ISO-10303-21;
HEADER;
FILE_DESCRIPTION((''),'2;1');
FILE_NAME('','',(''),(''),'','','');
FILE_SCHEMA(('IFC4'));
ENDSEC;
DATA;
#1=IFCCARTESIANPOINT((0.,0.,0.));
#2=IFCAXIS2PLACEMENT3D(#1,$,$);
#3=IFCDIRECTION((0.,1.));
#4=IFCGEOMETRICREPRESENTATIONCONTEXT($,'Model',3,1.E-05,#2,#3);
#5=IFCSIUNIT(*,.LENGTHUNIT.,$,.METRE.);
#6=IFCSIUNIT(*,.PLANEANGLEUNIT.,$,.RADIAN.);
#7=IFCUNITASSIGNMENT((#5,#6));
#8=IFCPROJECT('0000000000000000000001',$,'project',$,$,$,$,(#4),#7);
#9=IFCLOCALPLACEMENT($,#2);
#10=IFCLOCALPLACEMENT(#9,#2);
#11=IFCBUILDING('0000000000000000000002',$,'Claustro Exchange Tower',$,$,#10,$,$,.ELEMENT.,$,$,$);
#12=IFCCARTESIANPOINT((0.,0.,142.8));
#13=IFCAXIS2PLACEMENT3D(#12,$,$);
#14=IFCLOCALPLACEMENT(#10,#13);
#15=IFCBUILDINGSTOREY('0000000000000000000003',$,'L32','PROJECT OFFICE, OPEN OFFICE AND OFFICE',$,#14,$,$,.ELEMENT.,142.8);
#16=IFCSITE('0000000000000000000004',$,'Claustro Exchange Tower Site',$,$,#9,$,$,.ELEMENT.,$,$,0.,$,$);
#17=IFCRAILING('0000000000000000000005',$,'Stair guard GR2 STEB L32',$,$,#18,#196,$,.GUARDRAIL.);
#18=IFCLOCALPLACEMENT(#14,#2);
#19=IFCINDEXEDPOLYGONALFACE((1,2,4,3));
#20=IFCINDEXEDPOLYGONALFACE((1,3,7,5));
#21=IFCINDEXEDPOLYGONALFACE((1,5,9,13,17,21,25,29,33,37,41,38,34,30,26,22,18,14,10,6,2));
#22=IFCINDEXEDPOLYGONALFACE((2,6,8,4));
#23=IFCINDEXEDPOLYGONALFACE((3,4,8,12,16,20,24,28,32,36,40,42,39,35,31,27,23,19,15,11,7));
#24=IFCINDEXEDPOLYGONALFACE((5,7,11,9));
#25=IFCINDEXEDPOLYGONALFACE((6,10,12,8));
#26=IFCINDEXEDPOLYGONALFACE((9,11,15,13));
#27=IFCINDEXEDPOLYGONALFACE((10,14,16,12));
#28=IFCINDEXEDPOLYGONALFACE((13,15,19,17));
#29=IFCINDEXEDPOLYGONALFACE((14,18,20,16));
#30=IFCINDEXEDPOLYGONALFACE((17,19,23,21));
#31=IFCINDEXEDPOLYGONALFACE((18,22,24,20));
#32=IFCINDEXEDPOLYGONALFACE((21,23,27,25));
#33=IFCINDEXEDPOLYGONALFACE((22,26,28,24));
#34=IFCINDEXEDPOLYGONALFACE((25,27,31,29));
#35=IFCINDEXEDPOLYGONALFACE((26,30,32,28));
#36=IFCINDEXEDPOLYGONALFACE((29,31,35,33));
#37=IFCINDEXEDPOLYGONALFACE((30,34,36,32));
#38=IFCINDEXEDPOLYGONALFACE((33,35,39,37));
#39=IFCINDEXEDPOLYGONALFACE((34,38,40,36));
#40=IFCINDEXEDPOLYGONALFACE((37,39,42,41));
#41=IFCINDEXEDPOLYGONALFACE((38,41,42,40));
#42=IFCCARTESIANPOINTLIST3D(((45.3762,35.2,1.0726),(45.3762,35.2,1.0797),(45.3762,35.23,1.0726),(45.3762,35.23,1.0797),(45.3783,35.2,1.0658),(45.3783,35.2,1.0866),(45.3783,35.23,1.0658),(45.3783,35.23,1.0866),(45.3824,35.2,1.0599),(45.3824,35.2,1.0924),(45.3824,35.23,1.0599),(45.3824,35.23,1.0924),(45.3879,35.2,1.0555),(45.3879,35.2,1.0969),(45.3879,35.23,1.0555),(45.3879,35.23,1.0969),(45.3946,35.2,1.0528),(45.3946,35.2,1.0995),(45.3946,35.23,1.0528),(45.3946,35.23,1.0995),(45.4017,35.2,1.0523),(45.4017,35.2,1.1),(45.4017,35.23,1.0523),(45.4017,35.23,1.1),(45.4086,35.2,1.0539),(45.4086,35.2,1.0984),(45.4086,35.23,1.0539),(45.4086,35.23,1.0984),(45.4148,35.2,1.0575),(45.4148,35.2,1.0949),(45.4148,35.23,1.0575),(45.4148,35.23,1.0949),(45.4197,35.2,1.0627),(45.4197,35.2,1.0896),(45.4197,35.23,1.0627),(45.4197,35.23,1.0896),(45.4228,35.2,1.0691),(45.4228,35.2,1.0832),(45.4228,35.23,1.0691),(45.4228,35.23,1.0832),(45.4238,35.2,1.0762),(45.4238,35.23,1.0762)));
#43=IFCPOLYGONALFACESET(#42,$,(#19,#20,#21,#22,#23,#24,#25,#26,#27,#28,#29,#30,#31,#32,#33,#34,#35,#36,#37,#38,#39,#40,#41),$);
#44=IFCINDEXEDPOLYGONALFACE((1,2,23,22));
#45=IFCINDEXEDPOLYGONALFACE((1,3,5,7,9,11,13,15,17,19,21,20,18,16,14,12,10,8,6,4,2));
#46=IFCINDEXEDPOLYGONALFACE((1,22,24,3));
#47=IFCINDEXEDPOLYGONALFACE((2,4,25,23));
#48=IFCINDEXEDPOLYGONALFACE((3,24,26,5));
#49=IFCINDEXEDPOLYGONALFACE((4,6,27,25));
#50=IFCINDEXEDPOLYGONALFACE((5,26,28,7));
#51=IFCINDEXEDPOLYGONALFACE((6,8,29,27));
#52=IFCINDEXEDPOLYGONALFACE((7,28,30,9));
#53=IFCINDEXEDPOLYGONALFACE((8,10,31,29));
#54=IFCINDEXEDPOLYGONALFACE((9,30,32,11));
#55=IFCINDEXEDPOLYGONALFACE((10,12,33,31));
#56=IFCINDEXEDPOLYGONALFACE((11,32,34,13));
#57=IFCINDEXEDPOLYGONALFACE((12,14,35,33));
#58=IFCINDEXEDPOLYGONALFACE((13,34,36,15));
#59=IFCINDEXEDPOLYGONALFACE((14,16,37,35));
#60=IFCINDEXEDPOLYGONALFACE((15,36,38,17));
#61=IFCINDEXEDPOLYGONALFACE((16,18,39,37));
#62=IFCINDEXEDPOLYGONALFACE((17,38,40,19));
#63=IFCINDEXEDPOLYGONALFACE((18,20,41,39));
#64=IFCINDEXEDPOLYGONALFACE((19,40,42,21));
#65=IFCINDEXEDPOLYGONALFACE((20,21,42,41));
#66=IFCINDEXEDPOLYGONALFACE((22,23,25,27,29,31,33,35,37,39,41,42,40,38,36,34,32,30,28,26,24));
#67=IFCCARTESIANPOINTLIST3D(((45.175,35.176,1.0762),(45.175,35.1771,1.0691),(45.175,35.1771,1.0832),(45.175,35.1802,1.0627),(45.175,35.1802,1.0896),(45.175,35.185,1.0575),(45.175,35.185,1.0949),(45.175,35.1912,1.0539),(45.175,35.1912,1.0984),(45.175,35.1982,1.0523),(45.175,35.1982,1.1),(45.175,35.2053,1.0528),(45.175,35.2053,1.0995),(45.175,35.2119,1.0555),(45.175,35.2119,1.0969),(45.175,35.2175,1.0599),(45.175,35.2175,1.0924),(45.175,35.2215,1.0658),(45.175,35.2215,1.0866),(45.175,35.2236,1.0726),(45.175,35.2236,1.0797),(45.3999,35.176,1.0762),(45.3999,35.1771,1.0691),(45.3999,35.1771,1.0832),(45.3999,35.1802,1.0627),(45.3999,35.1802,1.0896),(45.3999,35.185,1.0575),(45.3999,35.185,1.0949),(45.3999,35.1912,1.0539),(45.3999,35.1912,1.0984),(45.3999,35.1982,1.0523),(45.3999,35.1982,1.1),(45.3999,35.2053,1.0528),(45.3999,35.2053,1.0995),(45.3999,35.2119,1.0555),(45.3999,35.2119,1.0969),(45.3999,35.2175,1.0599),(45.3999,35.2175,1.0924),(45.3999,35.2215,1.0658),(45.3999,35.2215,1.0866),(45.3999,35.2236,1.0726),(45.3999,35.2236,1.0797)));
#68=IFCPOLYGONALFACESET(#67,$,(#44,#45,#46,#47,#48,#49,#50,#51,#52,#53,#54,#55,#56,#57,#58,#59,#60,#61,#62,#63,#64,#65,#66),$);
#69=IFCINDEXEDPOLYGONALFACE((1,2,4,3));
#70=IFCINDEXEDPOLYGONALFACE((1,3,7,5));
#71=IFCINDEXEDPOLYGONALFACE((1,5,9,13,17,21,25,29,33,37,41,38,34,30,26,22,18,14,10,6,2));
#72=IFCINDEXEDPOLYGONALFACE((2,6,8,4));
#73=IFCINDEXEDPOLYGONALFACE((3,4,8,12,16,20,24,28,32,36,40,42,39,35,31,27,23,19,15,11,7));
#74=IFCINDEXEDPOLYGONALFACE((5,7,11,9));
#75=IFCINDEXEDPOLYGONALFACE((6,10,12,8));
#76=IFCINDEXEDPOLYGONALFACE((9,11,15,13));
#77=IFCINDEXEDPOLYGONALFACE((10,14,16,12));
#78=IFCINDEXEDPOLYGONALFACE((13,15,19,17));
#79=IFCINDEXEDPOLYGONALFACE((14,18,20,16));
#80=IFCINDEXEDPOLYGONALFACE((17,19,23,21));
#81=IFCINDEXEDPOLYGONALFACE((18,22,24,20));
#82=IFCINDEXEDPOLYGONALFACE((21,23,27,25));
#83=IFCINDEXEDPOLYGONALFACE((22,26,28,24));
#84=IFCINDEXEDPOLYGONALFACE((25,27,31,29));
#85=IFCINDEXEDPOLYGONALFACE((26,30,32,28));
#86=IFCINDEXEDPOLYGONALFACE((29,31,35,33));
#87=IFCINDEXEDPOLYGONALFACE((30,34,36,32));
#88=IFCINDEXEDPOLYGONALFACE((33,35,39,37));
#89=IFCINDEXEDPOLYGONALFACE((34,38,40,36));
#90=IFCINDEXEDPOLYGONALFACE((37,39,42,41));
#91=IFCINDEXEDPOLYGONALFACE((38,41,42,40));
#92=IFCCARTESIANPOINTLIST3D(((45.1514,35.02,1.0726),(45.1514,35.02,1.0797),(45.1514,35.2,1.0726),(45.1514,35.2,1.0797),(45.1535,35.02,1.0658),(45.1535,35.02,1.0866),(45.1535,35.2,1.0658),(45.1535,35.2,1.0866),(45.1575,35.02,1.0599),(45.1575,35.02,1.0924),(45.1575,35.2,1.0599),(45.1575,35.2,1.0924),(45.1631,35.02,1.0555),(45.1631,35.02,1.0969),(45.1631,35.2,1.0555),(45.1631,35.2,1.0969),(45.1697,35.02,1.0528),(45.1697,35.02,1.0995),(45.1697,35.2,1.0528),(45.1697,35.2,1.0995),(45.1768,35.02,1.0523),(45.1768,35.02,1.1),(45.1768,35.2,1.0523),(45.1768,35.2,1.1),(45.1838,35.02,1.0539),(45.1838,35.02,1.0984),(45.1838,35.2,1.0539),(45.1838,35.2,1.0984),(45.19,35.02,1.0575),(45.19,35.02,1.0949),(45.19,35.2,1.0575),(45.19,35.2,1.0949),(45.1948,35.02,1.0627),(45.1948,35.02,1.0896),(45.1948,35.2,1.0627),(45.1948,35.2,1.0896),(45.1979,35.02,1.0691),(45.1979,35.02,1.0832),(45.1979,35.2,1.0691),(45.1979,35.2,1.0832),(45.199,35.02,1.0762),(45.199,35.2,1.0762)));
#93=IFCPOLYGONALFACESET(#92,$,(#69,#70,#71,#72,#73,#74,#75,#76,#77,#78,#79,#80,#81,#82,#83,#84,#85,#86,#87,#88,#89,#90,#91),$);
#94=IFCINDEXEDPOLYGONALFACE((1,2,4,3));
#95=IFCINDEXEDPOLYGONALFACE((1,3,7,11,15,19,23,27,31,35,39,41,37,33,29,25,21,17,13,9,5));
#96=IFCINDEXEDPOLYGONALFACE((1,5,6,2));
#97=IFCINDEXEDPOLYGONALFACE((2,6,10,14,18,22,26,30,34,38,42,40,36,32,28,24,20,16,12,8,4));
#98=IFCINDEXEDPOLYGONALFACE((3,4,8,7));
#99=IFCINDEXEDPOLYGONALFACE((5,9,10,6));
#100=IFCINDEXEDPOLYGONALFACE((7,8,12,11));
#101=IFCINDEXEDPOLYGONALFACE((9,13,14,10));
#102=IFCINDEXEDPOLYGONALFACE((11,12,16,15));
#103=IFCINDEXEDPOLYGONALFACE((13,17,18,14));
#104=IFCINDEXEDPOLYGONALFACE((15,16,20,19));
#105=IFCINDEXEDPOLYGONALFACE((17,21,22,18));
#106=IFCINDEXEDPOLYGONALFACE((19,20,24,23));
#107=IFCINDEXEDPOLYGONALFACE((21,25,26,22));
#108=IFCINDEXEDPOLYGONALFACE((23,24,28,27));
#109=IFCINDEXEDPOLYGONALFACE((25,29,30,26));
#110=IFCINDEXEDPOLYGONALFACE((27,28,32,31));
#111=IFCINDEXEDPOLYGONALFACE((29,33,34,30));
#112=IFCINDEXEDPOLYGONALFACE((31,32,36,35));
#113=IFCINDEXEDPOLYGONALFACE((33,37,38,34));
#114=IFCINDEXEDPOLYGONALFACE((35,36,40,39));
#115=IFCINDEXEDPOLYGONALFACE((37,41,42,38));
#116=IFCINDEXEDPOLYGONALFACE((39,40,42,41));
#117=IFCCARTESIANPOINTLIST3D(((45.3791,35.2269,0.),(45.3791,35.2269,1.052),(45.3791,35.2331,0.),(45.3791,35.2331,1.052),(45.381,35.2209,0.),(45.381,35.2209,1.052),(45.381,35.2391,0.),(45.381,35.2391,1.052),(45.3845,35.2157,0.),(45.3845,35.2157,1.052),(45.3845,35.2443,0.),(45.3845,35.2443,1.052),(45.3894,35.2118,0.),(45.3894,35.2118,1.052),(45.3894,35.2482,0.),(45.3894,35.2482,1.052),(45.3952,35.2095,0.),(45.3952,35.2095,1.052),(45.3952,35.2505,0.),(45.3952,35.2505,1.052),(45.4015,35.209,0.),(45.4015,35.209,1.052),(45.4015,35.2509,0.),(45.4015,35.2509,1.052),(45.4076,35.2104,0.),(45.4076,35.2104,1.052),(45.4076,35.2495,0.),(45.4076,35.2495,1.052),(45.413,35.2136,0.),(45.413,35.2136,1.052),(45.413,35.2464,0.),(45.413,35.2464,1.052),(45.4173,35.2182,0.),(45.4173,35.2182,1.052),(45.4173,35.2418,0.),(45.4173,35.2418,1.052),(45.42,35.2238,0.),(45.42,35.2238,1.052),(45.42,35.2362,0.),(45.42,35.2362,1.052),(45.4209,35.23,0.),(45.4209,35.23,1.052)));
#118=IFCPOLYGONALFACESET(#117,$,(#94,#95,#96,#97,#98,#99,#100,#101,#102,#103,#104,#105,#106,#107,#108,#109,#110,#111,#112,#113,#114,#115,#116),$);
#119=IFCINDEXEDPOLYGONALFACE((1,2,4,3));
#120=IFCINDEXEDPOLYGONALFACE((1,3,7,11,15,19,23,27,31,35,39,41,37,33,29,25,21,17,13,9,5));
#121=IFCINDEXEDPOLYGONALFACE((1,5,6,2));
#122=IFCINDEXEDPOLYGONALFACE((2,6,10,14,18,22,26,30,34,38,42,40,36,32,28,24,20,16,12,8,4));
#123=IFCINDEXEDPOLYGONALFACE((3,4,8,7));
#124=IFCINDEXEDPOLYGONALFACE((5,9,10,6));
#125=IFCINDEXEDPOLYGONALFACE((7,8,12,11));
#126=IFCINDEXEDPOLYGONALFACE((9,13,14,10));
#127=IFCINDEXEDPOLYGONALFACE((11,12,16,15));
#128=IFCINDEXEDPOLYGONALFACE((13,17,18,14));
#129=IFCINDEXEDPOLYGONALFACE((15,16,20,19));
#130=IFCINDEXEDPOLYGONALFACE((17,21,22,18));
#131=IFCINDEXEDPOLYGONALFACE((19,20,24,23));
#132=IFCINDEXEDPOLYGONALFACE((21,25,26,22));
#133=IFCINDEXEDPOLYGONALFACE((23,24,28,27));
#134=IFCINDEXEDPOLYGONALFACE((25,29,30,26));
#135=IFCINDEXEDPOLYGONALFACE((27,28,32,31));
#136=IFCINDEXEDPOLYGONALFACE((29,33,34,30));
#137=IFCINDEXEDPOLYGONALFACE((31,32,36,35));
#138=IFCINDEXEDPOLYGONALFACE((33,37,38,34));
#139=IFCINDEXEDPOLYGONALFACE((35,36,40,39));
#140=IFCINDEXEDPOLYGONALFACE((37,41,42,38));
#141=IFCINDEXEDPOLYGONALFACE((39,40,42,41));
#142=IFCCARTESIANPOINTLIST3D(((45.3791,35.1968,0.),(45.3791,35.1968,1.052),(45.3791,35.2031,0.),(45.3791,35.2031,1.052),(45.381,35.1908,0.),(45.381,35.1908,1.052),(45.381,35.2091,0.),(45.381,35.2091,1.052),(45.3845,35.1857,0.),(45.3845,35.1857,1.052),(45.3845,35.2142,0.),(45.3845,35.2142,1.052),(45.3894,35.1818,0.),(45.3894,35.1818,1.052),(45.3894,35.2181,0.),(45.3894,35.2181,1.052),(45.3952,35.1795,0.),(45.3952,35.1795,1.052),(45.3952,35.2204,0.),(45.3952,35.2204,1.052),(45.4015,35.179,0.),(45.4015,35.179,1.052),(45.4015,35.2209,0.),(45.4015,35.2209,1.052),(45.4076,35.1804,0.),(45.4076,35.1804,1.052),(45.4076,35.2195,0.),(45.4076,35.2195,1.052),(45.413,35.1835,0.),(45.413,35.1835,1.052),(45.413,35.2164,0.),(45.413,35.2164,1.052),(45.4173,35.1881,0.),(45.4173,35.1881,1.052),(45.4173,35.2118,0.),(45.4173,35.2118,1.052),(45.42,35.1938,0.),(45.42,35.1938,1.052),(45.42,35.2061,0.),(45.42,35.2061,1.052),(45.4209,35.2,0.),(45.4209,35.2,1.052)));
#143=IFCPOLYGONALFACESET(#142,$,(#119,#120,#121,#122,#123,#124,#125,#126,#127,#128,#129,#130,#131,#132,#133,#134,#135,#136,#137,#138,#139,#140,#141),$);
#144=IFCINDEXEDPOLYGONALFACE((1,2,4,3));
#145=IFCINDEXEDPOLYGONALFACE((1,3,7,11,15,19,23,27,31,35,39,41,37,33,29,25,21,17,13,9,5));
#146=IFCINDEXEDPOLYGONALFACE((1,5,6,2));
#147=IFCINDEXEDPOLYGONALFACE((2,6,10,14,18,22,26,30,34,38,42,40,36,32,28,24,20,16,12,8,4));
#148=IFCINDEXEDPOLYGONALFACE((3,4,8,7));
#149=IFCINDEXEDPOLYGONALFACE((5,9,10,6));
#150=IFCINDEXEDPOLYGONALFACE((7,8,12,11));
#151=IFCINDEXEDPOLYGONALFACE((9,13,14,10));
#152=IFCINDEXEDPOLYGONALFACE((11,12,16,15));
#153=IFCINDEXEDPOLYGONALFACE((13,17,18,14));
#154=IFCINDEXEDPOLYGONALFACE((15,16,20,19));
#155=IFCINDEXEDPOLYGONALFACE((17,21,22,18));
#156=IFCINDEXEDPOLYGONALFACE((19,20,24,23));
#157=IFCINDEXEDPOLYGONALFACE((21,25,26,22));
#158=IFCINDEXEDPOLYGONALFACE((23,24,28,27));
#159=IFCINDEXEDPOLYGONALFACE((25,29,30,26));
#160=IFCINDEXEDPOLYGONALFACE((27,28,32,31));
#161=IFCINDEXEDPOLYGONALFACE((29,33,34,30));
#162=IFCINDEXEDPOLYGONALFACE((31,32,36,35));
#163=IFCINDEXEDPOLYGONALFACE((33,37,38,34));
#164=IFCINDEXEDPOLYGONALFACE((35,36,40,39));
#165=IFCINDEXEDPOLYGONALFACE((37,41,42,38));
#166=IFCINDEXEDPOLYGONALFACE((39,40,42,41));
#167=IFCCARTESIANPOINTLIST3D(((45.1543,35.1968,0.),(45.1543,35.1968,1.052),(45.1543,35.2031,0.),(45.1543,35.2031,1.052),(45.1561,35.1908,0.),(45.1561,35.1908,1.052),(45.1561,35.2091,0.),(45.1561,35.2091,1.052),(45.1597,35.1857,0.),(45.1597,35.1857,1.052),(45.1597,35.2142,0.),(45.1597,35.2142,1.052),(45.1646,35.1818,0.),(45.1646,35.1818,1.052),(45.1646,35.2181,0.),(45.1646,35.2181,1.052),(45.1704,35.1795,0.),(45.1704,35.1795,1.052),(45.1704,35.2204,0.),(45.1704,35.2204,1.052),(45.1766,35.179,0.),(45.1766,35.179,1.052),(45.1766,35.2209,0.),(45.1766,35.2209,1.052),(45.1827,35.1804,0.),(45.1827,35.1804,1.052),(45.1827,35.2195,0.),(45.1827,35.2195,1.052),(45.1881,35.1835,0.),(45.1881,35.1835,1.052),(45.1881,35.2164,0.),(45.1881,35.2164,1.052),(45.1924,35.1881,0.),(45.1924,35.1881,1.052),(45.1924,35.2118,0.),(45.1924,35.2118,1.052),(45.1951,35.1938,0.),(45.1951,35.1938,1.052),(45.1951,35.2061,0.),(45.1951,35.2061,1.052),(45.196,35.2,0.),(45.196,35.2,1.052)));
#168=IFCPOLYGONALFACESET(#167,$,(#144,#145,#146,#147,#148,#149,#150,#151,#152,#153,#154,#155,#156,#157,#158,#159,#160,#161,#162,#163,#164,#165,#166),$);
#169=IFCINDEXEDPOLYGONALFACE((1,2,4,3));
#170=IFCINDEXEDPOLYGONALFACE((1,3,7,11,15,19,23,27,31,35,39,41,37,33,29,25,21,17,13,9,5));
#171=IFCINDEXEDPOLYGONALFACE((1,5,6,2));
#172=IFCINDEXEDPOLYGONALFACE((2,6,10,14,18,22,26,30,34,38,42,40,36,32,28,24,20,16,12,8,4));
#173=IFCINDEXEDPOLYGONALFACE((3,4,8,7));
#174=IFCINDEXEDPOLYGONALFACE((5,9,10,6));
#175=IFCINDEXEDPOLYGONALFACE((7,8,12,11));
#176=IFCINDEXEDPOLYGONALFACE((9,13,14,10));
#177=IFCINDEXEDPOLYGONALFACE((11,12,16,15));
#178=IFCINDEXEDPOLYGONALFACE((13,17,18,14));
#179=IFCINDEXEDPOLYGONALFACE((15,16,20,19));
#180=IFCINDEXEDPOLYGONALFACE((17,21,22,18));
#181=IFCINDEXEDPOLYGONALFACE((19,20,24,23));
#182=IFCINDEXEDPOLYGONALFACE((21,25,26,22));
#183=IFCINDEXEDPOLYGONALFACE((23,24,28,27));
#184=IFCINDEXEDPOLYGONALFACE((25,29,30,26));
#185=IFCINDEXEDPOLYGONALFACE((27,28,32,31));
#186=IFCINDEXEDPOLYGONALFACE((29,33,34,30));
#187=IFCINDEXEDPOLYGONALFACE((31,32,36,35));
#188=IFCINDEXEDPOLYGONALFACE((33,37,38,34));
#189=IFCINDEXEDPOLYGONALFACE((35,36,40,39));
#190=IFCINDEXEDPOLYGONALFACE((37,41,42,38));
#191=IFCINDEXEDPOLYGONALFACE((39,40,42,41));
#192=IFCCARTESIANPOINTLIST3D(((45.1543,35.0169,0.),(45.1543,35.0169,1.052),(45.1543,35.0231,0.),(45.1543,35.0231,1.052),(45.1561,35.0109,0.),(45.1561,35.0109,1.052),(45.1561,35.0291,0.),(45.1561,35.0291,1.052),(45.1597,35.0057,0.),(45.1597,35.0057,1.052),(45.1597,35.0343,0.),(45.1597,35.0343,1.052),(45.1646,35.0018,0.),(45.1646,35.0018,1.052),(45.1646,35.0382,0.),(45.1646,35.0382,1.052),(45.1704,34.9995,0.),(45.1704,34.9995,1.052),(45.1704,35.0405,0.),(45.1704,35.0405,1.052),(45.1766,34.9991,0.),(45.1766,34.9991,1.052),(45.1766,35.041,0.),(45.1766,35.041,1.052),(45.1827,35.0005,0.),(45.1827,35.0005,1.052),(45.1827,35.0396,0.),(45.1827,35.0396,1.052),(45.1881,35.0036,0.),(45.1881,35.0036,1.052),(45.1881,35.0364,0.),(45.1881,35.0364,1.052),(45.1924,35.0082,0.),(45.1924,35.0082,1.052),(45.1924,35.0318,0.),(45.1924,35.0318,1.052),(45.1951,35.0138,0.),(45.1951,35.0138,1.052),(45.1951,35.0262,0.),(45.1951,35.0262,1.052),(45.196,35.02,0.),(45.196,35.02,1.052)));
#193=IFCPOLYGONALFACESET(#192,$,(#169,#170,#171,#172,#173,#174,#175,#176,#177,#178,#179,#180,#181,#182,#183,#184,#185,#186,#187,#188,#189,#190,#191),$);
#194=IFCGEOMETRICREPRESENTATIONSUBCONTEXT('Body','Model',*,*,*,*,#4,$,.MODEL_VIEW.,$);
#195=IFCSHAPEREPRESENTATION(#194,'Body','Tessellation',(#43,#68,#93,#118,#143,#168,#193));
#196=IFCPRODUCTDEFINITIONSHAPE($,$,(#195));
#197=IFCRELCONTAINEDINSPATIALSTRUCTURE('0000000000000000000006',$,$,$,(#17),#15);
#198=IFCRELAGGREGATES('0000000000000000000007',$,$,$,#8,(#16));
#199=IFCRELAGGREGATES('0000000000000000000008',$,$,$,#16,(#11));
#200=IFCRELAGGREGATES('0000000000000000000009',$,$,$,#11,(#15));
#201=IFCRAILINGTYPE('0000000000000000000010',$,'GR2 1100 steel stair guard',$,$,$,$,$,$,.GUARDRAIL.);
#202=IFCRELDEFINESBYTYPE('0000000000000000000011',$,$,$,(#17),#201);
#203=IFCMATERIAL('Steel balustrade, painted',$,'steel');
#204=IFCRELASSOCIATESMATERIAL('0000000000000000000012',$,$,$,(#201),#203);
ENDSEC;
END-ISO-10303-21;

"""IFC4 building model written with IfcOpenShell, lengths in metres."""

from ifc_helpers import new_model, si_unit, direction, frame, origin, origin_2d, place, context, subcontext, project, spatial, circle, extrude, material, type_object, element, save


model = new_model("IFC4")

# Units and contexts
model_context = context("Model", 3, precision=1e-05, world=origin(), true_north=direction((0.0, 1.0)))
body_context = subcontext(model_context, "Body", "Model", "MODEL_VIEW")
ifc_project = project(units=[si_unit("LENGTHUNIT", "METRE"), si_unit("PLANEANGLEUNIT", "RADIAN")], contexts=[model_context])

# Site, building, storey
site_placement = place(None, origin())
site = spatial("IfcSite", under=ifc_project, at=site_placement, Name="Claustro Exchange Tower Site", CompositionType="ELEMENT", RefElevation=0.0)
building_placement = place(site_placement, origin())
building = spatial("IfcBuilding", under=site, at=building_placement, Name="Claustro Exchange Tower", CompositionType="ELEMENT")
storey_placement = place(building_placement, frame((0.0, 0.0, 142.8)))
storey = spatial("IfcBuildingStorey", under=building, at=storey_placement, Name="L32", Description="PROJECT OFFICE, OPEN OFFICE AND OFFICE", CompositionType="ELEMENT", Elevation=142.8)

# Railing
ifc_material_1 = material(Name="Steel balustrade, painted", Category="steel")
railing_type_1 = type_object("IfcRailingType", Name="GR2 1100 steel stair guard", PredefinedType="GUARDRAIL", material=ifc_material_1)
railing_1_placement = place(storey_placement, frame((45.3999, 35.23, 0.0)))
element("IfcRailing", 1, at=railing_1_placement, inside=storey, type_object=railing_type_1, Name="Stair guard GR2 STEB L32", PredefinedType="GUARDRAIL", context=body_context, shape_type="SweptSolid", body=[
    extrude(circle(Radius=0.0239, at=origin_2d()), frame((0.0, 0.0, 1.0762), z_axis=(0.0, -1.0, 0.0), x_axis=(1.0, 0.0, 0.0)), (0.0, 0.0, 1.0), 0.03),
    extrude(circle(Radius=0.0239, at=origin_2d()), frame((0.0, -0.03, 1.0762), z_axis=(-1.0, 0.0, 0.0), x_axis=(0.0, -1.0, 0.0)), (0.0, 0.0, 1.0), 0.2249),
    extrude(circle(Radius=0.0239, at=origin_2d()), frame((-0.2249, -0.03, 1.0762), z_axis=(0.0, -1.0, 0.0), x_axis=(1.0, 0.0, 0.0)), (0.0, 0.0, 1.0), 0.1799),
    extrude(circle(Radius=0.021, at=origin_2d()), origin(), (0.0, 0.0, 1.0), 1.052),
    extrude(circle(Radius=0.021, at=origin_2d()), frame((0.0, -0.03, 0.0)), (0.0, 0.0, 1.0), 1.052),
    extrude(circle(Radius=0.021, at=origin_2d()), frame((-0.2249, -0.03, 0.0)), (0.0, 0.0, 1.0), 1.052),
    extrude(circle(Radius=0.021, at=origin_2d()), frame((-0.2249, -0.21, 0.0)), (0.0, 0.0, 1.0), 1.052),
])

save(model, "model.ifc")
